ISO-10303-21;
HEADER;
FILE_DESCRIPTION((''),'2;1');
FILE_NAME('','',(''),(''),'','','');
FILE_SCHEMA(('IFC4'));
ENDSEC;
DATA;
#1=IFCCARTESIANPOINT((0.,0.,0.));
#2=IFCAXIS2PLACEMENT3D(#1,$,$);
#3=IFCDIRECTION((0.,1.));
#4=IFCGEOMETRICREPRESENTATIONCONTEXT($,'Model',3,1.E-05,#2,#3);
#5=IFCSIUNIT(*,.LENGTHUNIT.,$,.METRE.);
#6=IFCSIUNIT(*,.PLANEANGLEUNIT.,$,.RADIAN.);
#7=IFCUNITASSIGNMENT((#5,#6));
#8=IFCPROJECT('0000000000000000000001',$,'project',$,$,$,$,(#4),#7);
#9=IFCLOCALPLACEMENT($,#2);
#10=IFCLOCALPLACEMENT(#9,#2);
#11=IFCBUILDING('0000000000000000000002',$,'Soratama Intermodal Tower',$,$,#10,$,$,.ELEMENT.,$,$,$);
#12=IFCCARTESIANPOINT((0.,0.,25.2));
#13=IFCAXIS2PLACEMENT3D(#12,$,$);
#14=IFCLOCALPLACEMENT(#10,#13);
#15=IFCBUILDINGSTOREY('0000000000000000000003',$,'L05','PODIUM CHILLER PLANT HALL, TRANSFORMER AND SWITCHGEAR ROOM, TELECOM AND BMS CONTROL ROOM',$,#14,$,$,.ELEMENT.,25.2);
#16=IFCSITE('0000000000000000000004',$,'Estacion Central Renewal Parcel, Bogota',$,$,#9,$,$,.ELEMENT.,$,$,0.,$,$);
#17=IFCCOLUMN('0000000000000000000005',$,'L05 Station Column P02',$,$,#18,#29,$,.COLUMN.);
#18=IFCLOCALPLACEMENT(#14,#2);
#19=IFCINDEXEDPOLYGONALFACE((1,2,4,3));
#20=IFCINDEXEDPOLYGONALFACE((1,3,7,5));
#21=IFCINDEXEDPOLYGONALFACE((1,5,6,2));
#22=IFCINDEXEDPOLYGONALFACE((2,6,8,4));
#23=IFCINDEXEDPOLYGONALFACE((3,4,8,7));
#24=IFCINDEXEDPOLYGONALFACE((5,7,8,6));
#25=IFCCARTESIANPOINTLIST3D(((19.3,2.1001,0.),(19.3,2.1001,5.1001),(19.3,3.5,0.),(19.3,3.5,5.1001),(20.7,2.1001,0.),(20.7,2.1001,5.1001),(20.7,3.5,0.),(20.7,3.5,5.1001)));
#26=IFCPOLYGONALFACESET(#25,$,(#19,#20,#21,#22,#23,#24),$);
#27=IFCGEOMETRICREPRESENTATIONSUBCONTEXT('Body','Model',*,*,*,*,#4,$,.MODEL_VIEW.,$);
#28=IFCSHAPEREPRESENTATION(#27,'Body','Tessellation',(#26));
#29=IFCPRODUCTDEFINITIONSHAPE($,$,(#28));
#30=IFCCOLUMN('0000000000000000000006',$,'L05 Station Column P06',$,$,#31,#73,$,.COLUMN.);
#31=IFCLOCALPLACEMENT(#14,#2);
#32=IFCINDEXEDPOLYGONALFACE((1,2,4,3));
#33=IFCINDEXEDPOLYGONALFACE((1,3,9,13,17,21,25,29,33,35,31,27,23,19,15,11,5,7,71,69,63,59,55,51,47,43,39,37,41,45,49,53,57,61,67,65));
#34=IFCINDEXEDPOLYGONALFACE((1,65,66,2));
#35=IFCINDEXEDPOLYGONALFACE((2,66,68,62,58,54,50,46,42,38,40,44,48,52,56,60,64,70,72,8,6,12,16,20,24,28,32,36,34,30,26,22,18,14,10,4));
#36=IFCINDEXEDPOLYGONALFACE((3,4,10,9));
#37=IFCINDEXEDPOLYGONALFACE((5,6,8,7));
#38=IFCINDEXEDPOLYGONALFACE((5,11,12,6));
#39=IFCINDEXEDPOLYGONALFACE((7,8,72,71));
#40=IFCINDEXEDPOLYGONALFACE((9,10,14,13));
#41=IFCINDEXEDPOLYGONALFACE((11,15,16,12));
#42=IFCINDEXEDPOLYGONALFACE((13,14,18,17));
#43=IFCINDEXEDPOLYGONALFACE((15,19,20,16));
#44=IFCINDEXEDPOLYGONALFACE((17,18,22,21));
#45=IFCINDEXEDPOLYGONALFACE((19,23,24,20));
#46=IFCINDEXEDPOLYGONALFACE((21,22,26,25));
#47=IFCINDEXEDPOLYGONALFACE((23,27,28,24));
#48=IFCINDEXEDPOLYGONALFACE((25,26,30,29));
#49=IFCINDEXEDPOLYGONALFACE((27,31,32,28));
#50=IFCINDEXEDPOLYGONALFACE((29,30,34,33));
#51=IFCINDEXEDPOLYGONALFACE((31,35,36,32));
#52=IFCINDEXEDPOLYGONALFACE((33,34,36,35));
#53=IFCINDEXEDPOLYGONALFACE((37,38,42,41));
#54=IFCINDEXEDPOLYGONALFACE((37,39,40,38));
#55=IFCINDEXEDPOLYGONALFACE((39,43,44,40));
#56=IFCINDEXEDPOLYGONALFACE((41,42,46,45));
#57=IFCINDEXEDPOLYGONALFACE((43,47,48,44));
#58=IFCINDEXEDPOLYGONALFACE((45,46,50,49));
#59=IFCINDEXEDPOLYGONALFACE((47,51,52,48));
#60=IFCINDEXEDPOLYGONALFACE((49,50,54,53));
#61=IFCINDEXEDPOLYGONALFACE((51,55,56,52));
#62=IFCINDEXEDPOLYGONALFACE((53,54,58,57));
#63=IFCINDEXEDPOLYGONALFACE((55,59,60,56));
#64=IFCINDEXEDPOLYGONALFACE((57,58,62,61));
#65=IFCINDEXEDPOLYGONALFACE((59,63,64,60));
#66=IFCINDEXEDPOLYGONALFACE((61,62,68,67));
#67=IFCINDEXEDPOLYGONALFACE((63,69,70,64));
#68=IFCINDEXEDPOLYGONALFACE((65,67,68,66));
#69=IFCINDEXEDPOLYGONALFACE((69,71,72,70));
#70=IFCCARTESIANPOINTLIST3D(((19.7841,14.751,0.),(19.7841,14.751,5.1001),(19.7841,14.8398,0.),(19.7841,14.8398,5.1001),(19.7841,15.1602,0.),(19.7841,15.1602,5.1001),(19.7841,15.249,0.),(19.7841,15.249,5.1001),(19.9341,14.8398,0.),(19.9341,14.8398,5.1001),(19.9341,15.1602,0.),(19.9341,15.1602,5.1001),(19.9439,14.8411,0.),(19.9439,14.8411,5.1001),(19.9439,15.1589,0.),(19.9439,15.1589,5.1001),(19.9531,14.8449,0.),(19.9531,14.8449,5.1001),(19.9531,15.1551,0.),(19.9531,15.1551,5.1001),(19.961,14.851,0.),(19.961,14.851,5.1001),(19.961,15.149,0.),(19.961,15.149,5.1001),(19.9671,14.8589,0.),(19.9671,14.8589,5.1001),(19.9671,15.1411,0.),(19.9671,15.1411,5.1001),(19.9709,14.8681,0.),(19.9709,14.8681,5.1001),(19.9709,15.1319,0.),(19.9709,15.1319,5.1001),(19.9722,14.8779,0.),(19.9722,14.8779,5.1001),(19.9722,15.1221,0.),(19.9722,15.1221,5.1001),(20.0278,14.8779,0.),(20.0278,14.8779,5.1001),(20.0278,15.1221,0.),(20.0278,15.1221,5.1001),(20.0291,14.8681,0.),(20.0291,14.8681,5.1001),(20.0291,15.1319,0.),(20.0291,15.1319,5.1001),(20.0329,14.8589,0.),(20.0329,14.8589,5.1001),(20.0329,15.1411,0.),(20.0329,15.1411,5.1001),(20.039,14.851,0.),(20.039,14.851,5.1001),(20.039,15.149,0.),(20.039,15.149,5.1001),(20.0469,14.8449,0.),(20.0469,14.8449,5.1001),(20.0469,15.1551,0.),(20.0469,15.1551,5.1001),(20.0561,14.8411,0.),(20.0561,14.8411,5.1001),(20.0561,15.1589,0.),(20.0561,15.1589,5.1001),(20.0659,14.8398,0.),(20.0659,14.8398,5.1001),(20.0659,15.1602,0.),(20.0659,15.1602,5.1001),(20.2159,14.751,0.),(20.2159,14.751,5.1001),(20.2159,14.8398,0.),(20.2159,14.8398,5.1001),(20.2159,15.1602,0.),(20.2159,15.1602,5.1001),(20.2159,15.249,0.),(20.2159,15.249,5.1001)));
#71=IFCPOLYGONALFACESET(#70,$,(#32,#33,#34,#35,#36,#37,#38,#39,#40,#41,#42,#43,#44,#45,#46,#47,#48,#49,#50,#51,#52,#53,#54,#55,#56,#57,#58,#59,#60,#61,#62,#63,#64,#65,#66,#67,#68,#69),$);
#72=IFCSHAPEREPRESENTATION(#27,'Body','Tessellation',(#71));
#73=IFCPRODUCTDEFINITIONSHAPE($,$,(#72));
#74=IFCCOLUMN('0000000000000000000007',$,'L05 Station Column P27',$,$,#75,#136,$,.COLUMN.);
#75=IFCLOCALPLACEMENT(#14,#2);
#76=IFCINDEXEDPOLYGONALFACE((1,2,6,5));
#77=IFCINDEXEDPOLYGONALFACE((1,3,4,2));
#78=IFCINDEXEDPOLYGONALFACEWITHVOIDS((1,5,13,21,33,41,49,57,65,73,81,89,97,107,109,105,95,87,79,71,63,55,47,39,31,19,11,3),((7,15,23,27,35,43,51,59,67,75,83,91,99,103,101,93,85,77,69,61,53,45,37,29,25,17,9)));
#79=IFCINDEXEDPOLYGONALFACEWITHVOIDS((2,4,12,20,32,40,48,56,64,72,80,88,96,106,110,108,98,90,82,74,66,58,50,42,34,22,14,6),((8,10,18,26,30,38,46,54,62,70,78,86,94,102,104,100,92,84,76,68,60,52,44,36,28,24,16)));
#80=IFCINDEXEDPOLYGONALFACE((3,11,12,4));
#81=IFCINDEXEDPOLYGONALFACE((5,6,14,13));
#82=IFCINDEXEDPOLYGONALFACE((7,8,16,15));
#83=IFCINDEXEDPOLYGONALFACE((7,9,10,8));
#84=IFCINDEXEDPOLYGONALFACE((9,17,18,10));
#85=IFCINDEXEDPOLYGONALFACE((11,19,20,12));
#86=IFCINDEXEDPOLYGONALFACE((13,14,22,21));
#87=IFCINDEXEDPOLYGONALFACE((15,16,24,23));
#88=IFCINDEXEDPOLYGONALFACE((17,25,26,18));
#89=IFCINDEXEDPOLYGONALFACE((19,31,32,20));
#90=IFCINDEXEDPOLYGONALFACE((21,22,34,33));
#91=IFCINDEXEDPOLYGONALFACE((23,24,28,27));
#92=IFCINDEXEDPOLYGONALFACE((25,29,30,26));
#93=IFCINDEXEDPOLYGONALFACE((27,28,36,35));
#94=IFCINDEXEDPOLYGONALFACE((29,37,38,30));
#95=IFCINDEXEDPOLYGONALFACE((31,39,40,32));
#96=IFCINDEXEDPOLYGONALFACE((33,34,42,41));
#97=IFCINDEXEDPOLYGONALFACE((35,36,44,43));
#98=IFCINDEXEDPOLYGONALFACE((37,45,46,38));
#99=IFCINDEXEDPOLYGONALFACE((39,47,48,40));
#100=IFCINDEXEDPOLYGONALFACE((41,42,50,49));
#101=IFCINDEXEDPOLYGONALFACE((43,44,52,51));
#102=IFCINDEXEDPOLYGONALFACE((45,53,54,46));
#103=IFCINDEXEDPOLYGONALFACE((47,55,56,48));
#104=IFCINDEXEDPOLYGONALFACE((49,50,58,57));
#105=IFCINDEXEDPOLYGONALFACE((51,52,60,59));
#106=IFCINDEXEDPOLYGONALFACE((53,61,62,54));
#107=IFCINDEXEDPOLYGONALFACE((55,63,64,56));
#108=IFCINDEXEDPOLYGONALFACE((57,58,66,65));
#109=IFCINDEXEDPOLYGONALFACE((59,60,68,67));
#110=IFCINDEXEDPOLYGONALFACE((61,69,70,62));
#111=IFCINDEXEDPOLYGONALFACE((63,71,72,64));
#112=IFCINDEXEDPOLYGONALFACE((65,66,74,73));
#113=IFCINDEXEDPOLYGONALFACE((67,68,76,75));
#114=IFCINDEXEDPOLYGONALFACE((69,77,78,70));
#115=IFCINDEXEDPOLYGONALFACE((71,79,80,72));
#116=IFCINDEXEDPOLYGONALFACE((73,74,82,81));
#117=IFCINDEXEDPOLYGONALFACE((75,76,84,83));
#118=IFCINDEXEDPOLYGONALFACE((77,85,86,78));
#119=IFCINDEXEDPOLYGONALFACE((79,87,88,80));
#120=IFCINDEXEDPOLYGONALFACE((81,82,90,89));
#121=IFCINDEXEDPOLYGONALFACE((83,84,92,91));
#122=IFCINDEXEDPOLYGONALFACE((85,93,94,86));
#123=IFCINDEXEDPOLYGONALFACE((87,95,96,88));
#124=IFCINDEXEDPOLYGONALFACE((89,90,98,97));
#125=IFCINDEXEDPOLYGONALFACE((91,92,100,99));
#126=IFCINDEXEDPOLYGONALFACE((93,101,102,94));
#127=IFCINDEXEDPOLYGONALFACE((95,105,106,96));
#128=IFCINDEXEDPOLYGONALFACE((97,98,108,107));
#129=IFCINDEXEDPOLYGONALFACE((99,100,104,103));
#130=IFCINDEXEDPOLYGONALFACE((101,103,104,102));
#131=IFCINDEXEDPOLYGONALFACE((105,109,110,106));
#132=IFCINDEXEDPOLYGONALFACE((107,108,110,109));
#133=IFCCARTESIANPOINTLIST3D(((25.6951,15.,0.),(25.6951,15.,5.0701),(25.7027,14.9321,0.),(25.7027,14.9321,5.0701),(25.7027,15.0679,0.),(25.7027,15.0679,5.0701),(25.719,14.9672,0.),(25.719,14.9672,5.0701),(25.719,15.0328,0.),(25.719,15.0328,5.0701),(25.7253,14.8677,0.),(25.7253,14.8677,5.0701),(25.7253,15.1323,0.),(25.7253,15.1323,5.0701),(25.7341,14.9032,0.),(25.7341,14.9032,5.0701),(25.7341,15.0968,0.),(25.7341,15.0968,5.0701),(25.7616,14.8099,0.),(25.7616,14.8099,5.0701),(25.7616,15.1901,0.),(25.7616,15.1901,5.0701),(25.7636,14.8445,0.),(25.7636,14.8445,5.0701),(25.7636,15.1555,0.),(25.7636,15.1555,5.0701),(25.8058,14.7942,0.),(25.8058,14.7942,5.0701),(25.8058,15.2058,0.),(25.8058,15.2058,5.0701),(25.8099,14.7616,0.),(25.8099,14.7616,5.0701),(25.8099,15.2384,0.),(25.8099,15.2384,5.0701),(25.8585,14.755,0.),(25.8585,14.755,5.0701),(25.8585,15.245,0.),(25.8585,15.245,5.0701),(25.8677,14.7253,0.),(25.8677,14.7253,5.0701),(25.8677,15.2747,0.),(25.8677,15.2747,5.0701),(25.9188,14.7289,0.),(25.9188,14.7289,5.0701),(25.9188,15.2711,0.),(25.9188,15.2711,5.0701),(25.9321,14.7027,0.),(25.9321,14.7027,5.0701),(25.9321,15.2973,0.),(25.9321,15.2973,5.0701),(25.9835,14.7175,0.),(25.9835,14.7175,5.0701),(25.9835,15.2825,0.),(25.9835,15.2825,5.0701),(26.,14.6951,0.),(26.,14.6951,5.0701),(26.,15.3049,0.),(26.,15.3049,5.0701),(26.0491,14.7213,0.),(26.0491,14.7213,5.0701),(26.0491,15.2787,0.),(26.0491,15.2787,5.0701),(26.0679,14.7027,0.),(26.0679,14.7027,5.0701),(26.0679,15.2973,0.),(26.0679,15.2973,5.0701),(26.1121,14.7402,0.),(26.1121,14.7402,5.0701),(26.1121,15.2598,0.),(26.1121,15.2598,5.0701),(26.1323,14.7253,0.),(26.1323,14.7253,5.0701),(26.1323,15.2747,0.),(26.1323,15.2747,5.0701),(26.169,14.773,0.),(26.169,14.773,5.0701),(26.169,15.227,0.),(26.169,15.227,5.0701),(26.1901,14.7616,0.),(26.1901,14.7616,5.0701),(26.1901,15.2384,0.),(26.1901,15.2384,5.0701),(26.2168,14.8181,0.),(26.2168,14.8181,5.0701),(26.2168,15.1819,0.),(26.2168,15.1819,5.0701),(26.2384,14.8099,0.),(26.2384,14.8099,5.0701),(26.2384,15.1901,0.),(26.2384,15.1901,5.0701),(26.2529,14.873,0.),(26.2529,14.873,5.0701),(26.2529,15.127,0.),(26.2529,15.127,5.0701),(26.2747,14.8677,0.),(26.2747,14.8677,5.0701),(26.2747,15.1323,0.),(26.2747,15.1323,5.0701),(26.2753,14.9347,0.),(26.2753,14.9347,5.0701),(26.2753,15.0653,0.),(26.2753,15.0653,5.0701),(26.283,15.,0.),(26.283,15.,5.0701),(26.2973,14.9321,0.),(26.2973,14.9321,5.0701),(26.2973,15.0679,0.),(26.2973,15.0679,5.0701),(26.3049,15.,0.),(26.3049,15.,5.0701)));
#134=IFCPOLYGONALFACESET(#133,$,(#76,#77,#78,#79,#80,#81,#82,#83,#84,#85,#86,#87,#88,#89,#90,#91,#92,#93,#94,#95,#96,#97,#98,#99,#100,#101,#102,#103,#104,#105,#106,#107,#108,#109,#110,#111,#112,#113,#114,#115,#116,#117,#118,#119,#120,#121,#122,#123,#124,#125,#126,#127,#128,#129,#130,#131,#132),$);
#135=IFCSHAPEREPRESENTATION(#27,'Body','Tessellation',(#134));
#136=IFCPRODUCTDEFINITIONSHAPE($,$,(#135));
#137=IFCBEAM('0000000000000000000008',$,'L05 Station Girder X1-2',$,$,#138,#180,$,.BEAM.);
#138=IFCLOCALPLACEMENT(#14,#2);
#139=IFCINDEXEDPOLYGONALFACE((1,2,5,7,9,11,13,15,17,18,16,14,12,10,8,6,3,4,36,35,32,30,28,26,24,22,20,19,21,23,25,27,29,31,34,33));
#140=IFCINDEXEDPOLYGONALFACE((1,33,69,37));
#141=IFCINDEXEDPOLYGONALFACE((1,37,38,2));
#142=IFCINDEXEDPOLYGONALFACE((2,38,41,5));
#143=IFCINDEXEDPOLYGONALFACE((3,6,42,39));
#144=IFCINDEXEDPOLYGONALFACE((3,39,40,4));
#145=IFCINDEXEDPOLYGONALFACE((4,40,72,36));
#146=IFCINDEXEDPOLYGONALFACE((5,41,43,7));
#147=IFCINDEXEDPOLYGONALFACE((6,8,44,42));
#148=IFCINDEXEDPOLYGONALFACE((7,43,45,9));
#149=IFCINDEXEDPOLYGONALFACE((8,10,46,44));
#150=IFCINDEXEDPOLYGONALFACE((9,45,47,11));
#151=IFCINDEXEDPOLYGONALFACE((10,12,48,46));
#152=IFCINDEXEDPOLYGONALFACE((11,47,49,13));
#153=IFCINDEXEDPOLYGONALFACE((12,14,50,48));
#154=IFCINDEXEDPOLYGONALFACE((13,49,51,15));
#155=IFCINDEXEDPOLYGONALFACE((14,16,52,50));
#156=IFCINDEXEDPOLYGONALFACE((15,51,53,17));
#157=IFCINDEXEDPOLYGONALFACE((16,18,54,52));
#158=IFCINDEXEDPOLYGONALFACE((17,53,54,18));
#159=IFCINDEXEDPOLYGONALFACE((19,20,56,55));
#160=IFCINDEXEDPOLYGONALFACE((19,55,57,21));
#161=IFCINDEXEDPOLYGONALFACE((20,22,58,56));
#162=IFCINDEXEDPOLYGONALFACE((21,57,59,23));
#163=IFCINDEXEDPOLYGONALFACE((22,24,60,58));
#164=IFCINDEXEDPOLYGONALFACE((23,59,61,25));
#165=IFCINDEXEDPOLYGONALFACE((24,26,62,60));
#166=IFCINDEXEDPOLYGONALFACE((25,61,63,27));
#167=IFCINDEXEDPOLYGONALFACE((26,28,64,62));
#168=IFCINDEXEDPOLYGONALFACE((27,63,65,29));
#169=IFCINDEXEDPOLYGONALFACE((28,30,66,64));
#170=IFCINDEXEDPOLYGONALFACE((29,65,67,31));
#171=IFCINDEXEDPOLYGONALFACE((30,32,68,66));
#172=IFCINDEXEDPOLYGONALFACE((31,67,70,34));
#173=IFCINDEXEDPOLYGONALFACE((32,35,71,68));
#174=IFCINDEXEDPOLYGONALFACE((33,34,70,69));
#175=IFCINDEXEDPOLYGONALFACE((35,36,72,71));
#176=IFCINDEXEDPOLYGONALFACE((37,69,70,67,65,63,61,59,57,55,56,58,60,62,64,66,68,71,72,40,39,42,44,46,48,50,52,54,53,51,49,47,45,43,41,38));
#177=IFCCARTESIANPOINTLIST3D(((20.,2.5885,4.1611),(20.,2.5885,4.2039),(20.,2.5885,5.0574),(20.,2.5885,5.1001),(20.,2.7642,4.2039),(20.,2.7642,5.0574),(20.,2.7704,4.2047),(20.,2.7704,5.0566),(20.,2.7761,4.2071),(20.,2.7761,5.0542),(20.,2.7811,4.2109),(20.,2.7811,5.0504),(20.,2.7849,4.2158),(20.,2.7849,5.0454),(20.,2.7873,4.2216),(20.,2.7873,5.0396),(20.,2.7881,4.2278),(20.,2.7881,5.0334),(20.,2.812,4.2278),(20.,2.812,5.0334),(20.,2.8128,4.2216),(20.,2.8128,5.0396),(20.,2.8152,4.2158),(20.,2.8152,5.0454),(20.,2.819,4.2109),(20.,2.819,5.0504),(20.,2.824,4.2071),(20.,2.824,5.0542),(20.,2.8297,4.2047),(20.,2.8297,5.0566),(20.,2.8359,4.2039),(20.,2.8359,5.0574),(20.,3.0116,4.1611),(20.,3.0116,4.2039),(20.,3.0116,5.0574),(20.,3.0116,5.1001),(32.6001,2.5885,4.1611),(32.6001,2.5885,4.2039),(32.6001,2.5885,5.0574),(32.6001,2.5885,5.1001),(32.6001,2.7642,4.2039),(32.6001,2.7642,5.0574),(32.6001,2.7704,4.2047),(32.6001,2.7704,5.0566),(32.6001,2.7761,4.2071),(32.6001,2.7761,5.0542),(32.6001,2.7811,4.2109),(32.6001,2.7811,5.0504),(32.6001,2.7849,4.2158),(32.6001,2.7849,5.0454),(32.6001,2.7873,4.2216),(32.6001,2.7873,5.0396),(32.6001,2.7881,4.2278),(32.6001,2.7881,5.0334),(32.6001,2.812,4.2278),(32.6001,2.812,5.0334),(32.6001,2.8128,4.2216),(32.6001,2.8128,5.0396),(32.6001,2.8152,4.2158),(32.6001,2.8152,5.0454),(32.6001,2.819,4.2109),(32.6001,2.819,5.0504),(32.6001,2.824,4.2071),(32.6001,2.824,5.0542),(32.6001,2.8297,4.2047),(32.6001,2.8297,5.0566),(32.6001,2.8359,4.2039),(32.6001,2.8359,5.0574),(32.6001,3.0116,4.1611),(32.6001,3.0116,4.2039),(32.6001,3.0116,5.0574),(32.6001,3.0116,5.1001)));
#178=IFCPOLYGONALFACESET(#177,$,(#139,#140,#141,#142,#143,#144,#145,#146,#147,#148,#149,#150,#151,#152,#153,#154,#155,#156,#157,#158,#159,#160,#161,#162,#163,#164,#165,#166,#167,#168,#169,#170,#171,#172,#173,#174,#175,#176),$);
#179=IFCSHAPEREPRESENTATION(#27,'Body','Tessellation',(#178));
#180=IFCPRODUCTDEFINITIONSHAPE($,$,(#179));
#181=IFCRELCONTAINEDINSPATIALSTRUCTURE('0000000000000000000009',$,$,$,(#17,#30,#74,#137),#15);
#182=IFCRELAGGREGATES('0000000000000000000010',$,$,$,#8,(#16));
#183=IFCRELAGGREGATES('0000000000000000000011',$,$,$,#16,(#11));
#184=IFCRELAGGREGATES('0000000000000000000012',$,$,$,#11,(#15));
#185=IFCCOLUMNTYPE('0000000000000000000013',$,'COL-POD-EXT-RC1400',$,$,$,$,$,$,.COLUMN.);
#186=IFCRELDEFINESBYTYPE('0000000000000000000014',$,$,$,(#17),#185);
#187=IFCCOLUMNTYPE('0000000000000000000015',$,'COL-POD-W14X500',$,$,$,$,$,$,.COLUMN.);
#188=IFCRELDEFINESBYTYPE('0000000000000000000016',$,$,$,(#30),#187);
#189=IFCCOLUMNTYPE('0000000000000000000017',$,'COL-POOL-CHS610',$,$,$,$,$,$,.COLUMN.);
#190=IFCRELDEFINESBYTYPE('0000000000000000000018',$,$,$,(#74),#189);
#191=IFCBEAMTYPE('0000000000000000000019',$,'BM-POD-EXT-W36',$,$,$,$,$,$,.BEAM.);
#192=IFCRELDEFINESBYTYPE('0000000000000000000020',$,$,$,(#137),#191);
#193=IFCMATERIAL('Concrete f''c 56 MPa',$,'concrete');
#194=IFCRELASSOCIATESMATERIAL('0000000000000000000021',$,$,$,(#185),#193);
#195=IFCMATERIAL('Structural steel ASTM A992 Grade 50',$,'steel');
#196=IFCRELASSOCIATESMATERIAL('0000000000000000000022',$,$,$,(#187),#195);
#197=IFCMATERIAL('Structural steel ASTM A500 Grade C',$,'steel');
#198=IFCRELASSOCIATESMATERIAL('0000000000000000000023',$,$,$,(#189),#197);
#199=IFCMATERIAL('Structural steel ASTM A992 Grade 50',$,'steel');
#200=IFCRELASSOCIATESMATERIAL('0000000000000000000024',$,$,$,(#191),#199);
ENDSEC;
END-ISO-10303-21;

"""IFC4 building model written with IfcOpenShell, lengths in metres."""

from ifc_helpers import new_model, si_unit, direction, frame, origin, origin_2d, place, context, subcontext, project, spatial, rectangle, hollow_circle, i_section, extrude, material, material_profile, profile_set, type_object, element, save


model = new_model("IFC4")

# Units and contexts
model_context = context("Model", 3, precision=1e-05, world=origin(), true_north=direction((0.0, 1.0)))
body_context = subcontext(model_context, "Body", "Model", "MODEL_VIEW")
ifc_project = project(units=[si_unit("LENGTHUNIT", "METRE"), si_unit("PLANEANGLEUNIT", "RADIAN")], contexts=[model_context])

# Site, building, storey
site_placement = place(None, origin())
site = spatial("IfcSite", under=ifc_project, at=site_placement, Name="Estacion Central Renewal Parcel, Bogota", CompositionType="ELEMENT", RefElevation=0.0)
building_placement = place(site_placement, origin())
building = spatial("IfcBuilding", under=site, at=building_placement, Name="Soratama Intermodal Tower", CompositionType="ELEMENT")
storey_placement = place(building_placement, frame((0.0, 0.0, 25.2)))
storey = spatial("IfcBuildingStorey", under=building, at=storey_placement, Name="L05", Description="PODIUM CHILLER PLANT HALL, TRANSFORMER AND SWITCHGEAR ROOM, TELECOM AND BMS CONTROL ROOM", CompositionType="ELEMENT", Elevation=25.2)

# Columns
ifc_material_1 = material(Name="Concrete f'c 56 MPa", Category="concrete")
ifc_material_profile_1 = material_profile(ifc_material_1, rectangle(XDim=1.3999, YDim=1.3999, at=origin_2d()), Name="RC1400X1400")
ifc_profile_set_1 = profile_set([ifc_material_profile_1], Name="Concrete f'c 56 MPa")
column_type_1 = type_object("IfcColumnType", Name="COL-POD-EXT-RC1400", PredefinedType="COLUMN", material=ifc_profile_set_1)
column_1_placement = place(storey_placement, frame((20.0, 2.8, 0.0), z_axis=(0.0, 0.0, 1.0), x_axis=(1.0, 0.0, 0.0)))
element("IfcColumn", 1, at=column_1_placement, inside=storey, type_object=column_type_1, Name="L05 Station Column P02", PredefinedType="COLUMN", context=body_context, shape_type="SweptSolid", body=[
    extrude(rectangle(XDim=1.3999, YDim=1.3999, at=origin_2d()), origin(), (0.0, 0.0, 1.0), 5.1001),
])
ifc_material_2 = material(Name="Structural steel ASTM A992 Grade 50", Category="steel")
ifc_material_profile_2 = material_profile(ifc_material_2, i_section(OverallWidth=0.4319, OverallDepth=0.498, WebThickness=0.0557, FlangeThickness=0.0889, FilletRadius=0.0381, at=origin_2d()), Name="W14X500")
ifc_profile_set_2 = profile_set([ifc_material_profile_2], Name="Structural steel ASTM A992 Grade 50")
column_type_2 = type_object("IfcColumnType", Name="COL-POD-W14X500", PredefinedType="COLUMN", material=ifc_profile_set_2)
column_2_placement = place(storey_placement, frame((20.0, 15.0, 0.0), z_axis=(0.0, 0.0, 1.0), x_axis=(1.0, 0.0, 0.0)))
element("IfcColumn", 2, at=column_2_placement, inside=storey, type_object=column_type_2, Name="L05 Station Column P06", PredefinedType="COLUMN", context=body_context, shape_type="SweptSolid", body=[
    extrude(i_section(OverallWidth=0.4319, OverallDepth=0.498, WebThickness=0.0557, FlangeThickness=0.0889, FilletRadius=0.0381, at=origin_2d()), origin(), (0.0, 0.0, 1.0), 5.1001),
])
ifc_material_3 = material(Name="Structural steel ASTM A500 Grade C", Category="steel")
ifc_material_profile_3 = material_profile(ifc_material_3, hollow_circle(Radius=0.3049, WallThickness=0.022, at=origin_2d()), Name="CHS610X22")
ifc_profile_set_3 = profile_set([ifc_material_profile_3], Name="Structural steel ASTM A500 Grade C")
column_type_3 = type_object("IfcColumnType", Name="COL-POOL-CHS610", PredefinedType="COLUMN", material=ifc_profile_set_3)
column_3_placement = place(storey_placement, frame((26.0, 15.0, 0.0), z_axis=(0.0, 0.0, 1.0), x_axis=(1.0, 0.0, 0.0)))
element("IfcColumn", 3, at=column_3_placement, inside=storey, type_object=column_type_3, Name="L05 Station Column P27", PredefinedType="COLUMN", context=body_context, shape_type="SweptSolid", body=[
    extrude(hollow_circle(Radius=0.3049, WallThickness=0.022, at=origin_2d()), origin(), (0.0, 0.0, 1.0), 5.0701),
])

# Beam
ifc_material_4 = material(Name="Structural steel ASTM A992 Grade 50", Category="steel")
ifc_material_profile_4 = material_profile(ifc_material_4, i_section(OverallWidth=0.4231, OverallDepth=0.939, WebThickness=0.0239, FlangeThickness=0.0427, FilletRadius=0.0239, at=origin_2d()), Name="W36X302")
ifc_profile_set_4 = profile_set([ifc_material_profile_4], Name="Structural steel ASTM A992 Grade 50")
beam_type_1 = type_object("IfcBeamType", Name="BM-POD-EXT-W36", PredefinedType="BEAM", material=ifc_profile_set_4)
beam_1_placement = place(storey_placement, frame((20.0, 2.8, 4.6306), z_axis=(1.0, 0.0, 0.0), x_axis=(0.0, 1.0, 0.0)))
element("IfcBeam", 4, at=beam_1_placement, inside=storey, type_object=beam_type_1, Name="L05 Station Girder X1-2", PredefinedType="BEAM", context=body_context, shape_type="SweptSolid", body=[
    extrude(i_section(OverallWidth=0.4231, OverallDepth=0.939, WebThickness=0.0239, FlangeThickness=0.0427, FilletRadius=0.0239, at=origin_2d()), origin(), (0.0, 0.0, 1.0), 12.6001),
])

save(model, "model.ifc")
